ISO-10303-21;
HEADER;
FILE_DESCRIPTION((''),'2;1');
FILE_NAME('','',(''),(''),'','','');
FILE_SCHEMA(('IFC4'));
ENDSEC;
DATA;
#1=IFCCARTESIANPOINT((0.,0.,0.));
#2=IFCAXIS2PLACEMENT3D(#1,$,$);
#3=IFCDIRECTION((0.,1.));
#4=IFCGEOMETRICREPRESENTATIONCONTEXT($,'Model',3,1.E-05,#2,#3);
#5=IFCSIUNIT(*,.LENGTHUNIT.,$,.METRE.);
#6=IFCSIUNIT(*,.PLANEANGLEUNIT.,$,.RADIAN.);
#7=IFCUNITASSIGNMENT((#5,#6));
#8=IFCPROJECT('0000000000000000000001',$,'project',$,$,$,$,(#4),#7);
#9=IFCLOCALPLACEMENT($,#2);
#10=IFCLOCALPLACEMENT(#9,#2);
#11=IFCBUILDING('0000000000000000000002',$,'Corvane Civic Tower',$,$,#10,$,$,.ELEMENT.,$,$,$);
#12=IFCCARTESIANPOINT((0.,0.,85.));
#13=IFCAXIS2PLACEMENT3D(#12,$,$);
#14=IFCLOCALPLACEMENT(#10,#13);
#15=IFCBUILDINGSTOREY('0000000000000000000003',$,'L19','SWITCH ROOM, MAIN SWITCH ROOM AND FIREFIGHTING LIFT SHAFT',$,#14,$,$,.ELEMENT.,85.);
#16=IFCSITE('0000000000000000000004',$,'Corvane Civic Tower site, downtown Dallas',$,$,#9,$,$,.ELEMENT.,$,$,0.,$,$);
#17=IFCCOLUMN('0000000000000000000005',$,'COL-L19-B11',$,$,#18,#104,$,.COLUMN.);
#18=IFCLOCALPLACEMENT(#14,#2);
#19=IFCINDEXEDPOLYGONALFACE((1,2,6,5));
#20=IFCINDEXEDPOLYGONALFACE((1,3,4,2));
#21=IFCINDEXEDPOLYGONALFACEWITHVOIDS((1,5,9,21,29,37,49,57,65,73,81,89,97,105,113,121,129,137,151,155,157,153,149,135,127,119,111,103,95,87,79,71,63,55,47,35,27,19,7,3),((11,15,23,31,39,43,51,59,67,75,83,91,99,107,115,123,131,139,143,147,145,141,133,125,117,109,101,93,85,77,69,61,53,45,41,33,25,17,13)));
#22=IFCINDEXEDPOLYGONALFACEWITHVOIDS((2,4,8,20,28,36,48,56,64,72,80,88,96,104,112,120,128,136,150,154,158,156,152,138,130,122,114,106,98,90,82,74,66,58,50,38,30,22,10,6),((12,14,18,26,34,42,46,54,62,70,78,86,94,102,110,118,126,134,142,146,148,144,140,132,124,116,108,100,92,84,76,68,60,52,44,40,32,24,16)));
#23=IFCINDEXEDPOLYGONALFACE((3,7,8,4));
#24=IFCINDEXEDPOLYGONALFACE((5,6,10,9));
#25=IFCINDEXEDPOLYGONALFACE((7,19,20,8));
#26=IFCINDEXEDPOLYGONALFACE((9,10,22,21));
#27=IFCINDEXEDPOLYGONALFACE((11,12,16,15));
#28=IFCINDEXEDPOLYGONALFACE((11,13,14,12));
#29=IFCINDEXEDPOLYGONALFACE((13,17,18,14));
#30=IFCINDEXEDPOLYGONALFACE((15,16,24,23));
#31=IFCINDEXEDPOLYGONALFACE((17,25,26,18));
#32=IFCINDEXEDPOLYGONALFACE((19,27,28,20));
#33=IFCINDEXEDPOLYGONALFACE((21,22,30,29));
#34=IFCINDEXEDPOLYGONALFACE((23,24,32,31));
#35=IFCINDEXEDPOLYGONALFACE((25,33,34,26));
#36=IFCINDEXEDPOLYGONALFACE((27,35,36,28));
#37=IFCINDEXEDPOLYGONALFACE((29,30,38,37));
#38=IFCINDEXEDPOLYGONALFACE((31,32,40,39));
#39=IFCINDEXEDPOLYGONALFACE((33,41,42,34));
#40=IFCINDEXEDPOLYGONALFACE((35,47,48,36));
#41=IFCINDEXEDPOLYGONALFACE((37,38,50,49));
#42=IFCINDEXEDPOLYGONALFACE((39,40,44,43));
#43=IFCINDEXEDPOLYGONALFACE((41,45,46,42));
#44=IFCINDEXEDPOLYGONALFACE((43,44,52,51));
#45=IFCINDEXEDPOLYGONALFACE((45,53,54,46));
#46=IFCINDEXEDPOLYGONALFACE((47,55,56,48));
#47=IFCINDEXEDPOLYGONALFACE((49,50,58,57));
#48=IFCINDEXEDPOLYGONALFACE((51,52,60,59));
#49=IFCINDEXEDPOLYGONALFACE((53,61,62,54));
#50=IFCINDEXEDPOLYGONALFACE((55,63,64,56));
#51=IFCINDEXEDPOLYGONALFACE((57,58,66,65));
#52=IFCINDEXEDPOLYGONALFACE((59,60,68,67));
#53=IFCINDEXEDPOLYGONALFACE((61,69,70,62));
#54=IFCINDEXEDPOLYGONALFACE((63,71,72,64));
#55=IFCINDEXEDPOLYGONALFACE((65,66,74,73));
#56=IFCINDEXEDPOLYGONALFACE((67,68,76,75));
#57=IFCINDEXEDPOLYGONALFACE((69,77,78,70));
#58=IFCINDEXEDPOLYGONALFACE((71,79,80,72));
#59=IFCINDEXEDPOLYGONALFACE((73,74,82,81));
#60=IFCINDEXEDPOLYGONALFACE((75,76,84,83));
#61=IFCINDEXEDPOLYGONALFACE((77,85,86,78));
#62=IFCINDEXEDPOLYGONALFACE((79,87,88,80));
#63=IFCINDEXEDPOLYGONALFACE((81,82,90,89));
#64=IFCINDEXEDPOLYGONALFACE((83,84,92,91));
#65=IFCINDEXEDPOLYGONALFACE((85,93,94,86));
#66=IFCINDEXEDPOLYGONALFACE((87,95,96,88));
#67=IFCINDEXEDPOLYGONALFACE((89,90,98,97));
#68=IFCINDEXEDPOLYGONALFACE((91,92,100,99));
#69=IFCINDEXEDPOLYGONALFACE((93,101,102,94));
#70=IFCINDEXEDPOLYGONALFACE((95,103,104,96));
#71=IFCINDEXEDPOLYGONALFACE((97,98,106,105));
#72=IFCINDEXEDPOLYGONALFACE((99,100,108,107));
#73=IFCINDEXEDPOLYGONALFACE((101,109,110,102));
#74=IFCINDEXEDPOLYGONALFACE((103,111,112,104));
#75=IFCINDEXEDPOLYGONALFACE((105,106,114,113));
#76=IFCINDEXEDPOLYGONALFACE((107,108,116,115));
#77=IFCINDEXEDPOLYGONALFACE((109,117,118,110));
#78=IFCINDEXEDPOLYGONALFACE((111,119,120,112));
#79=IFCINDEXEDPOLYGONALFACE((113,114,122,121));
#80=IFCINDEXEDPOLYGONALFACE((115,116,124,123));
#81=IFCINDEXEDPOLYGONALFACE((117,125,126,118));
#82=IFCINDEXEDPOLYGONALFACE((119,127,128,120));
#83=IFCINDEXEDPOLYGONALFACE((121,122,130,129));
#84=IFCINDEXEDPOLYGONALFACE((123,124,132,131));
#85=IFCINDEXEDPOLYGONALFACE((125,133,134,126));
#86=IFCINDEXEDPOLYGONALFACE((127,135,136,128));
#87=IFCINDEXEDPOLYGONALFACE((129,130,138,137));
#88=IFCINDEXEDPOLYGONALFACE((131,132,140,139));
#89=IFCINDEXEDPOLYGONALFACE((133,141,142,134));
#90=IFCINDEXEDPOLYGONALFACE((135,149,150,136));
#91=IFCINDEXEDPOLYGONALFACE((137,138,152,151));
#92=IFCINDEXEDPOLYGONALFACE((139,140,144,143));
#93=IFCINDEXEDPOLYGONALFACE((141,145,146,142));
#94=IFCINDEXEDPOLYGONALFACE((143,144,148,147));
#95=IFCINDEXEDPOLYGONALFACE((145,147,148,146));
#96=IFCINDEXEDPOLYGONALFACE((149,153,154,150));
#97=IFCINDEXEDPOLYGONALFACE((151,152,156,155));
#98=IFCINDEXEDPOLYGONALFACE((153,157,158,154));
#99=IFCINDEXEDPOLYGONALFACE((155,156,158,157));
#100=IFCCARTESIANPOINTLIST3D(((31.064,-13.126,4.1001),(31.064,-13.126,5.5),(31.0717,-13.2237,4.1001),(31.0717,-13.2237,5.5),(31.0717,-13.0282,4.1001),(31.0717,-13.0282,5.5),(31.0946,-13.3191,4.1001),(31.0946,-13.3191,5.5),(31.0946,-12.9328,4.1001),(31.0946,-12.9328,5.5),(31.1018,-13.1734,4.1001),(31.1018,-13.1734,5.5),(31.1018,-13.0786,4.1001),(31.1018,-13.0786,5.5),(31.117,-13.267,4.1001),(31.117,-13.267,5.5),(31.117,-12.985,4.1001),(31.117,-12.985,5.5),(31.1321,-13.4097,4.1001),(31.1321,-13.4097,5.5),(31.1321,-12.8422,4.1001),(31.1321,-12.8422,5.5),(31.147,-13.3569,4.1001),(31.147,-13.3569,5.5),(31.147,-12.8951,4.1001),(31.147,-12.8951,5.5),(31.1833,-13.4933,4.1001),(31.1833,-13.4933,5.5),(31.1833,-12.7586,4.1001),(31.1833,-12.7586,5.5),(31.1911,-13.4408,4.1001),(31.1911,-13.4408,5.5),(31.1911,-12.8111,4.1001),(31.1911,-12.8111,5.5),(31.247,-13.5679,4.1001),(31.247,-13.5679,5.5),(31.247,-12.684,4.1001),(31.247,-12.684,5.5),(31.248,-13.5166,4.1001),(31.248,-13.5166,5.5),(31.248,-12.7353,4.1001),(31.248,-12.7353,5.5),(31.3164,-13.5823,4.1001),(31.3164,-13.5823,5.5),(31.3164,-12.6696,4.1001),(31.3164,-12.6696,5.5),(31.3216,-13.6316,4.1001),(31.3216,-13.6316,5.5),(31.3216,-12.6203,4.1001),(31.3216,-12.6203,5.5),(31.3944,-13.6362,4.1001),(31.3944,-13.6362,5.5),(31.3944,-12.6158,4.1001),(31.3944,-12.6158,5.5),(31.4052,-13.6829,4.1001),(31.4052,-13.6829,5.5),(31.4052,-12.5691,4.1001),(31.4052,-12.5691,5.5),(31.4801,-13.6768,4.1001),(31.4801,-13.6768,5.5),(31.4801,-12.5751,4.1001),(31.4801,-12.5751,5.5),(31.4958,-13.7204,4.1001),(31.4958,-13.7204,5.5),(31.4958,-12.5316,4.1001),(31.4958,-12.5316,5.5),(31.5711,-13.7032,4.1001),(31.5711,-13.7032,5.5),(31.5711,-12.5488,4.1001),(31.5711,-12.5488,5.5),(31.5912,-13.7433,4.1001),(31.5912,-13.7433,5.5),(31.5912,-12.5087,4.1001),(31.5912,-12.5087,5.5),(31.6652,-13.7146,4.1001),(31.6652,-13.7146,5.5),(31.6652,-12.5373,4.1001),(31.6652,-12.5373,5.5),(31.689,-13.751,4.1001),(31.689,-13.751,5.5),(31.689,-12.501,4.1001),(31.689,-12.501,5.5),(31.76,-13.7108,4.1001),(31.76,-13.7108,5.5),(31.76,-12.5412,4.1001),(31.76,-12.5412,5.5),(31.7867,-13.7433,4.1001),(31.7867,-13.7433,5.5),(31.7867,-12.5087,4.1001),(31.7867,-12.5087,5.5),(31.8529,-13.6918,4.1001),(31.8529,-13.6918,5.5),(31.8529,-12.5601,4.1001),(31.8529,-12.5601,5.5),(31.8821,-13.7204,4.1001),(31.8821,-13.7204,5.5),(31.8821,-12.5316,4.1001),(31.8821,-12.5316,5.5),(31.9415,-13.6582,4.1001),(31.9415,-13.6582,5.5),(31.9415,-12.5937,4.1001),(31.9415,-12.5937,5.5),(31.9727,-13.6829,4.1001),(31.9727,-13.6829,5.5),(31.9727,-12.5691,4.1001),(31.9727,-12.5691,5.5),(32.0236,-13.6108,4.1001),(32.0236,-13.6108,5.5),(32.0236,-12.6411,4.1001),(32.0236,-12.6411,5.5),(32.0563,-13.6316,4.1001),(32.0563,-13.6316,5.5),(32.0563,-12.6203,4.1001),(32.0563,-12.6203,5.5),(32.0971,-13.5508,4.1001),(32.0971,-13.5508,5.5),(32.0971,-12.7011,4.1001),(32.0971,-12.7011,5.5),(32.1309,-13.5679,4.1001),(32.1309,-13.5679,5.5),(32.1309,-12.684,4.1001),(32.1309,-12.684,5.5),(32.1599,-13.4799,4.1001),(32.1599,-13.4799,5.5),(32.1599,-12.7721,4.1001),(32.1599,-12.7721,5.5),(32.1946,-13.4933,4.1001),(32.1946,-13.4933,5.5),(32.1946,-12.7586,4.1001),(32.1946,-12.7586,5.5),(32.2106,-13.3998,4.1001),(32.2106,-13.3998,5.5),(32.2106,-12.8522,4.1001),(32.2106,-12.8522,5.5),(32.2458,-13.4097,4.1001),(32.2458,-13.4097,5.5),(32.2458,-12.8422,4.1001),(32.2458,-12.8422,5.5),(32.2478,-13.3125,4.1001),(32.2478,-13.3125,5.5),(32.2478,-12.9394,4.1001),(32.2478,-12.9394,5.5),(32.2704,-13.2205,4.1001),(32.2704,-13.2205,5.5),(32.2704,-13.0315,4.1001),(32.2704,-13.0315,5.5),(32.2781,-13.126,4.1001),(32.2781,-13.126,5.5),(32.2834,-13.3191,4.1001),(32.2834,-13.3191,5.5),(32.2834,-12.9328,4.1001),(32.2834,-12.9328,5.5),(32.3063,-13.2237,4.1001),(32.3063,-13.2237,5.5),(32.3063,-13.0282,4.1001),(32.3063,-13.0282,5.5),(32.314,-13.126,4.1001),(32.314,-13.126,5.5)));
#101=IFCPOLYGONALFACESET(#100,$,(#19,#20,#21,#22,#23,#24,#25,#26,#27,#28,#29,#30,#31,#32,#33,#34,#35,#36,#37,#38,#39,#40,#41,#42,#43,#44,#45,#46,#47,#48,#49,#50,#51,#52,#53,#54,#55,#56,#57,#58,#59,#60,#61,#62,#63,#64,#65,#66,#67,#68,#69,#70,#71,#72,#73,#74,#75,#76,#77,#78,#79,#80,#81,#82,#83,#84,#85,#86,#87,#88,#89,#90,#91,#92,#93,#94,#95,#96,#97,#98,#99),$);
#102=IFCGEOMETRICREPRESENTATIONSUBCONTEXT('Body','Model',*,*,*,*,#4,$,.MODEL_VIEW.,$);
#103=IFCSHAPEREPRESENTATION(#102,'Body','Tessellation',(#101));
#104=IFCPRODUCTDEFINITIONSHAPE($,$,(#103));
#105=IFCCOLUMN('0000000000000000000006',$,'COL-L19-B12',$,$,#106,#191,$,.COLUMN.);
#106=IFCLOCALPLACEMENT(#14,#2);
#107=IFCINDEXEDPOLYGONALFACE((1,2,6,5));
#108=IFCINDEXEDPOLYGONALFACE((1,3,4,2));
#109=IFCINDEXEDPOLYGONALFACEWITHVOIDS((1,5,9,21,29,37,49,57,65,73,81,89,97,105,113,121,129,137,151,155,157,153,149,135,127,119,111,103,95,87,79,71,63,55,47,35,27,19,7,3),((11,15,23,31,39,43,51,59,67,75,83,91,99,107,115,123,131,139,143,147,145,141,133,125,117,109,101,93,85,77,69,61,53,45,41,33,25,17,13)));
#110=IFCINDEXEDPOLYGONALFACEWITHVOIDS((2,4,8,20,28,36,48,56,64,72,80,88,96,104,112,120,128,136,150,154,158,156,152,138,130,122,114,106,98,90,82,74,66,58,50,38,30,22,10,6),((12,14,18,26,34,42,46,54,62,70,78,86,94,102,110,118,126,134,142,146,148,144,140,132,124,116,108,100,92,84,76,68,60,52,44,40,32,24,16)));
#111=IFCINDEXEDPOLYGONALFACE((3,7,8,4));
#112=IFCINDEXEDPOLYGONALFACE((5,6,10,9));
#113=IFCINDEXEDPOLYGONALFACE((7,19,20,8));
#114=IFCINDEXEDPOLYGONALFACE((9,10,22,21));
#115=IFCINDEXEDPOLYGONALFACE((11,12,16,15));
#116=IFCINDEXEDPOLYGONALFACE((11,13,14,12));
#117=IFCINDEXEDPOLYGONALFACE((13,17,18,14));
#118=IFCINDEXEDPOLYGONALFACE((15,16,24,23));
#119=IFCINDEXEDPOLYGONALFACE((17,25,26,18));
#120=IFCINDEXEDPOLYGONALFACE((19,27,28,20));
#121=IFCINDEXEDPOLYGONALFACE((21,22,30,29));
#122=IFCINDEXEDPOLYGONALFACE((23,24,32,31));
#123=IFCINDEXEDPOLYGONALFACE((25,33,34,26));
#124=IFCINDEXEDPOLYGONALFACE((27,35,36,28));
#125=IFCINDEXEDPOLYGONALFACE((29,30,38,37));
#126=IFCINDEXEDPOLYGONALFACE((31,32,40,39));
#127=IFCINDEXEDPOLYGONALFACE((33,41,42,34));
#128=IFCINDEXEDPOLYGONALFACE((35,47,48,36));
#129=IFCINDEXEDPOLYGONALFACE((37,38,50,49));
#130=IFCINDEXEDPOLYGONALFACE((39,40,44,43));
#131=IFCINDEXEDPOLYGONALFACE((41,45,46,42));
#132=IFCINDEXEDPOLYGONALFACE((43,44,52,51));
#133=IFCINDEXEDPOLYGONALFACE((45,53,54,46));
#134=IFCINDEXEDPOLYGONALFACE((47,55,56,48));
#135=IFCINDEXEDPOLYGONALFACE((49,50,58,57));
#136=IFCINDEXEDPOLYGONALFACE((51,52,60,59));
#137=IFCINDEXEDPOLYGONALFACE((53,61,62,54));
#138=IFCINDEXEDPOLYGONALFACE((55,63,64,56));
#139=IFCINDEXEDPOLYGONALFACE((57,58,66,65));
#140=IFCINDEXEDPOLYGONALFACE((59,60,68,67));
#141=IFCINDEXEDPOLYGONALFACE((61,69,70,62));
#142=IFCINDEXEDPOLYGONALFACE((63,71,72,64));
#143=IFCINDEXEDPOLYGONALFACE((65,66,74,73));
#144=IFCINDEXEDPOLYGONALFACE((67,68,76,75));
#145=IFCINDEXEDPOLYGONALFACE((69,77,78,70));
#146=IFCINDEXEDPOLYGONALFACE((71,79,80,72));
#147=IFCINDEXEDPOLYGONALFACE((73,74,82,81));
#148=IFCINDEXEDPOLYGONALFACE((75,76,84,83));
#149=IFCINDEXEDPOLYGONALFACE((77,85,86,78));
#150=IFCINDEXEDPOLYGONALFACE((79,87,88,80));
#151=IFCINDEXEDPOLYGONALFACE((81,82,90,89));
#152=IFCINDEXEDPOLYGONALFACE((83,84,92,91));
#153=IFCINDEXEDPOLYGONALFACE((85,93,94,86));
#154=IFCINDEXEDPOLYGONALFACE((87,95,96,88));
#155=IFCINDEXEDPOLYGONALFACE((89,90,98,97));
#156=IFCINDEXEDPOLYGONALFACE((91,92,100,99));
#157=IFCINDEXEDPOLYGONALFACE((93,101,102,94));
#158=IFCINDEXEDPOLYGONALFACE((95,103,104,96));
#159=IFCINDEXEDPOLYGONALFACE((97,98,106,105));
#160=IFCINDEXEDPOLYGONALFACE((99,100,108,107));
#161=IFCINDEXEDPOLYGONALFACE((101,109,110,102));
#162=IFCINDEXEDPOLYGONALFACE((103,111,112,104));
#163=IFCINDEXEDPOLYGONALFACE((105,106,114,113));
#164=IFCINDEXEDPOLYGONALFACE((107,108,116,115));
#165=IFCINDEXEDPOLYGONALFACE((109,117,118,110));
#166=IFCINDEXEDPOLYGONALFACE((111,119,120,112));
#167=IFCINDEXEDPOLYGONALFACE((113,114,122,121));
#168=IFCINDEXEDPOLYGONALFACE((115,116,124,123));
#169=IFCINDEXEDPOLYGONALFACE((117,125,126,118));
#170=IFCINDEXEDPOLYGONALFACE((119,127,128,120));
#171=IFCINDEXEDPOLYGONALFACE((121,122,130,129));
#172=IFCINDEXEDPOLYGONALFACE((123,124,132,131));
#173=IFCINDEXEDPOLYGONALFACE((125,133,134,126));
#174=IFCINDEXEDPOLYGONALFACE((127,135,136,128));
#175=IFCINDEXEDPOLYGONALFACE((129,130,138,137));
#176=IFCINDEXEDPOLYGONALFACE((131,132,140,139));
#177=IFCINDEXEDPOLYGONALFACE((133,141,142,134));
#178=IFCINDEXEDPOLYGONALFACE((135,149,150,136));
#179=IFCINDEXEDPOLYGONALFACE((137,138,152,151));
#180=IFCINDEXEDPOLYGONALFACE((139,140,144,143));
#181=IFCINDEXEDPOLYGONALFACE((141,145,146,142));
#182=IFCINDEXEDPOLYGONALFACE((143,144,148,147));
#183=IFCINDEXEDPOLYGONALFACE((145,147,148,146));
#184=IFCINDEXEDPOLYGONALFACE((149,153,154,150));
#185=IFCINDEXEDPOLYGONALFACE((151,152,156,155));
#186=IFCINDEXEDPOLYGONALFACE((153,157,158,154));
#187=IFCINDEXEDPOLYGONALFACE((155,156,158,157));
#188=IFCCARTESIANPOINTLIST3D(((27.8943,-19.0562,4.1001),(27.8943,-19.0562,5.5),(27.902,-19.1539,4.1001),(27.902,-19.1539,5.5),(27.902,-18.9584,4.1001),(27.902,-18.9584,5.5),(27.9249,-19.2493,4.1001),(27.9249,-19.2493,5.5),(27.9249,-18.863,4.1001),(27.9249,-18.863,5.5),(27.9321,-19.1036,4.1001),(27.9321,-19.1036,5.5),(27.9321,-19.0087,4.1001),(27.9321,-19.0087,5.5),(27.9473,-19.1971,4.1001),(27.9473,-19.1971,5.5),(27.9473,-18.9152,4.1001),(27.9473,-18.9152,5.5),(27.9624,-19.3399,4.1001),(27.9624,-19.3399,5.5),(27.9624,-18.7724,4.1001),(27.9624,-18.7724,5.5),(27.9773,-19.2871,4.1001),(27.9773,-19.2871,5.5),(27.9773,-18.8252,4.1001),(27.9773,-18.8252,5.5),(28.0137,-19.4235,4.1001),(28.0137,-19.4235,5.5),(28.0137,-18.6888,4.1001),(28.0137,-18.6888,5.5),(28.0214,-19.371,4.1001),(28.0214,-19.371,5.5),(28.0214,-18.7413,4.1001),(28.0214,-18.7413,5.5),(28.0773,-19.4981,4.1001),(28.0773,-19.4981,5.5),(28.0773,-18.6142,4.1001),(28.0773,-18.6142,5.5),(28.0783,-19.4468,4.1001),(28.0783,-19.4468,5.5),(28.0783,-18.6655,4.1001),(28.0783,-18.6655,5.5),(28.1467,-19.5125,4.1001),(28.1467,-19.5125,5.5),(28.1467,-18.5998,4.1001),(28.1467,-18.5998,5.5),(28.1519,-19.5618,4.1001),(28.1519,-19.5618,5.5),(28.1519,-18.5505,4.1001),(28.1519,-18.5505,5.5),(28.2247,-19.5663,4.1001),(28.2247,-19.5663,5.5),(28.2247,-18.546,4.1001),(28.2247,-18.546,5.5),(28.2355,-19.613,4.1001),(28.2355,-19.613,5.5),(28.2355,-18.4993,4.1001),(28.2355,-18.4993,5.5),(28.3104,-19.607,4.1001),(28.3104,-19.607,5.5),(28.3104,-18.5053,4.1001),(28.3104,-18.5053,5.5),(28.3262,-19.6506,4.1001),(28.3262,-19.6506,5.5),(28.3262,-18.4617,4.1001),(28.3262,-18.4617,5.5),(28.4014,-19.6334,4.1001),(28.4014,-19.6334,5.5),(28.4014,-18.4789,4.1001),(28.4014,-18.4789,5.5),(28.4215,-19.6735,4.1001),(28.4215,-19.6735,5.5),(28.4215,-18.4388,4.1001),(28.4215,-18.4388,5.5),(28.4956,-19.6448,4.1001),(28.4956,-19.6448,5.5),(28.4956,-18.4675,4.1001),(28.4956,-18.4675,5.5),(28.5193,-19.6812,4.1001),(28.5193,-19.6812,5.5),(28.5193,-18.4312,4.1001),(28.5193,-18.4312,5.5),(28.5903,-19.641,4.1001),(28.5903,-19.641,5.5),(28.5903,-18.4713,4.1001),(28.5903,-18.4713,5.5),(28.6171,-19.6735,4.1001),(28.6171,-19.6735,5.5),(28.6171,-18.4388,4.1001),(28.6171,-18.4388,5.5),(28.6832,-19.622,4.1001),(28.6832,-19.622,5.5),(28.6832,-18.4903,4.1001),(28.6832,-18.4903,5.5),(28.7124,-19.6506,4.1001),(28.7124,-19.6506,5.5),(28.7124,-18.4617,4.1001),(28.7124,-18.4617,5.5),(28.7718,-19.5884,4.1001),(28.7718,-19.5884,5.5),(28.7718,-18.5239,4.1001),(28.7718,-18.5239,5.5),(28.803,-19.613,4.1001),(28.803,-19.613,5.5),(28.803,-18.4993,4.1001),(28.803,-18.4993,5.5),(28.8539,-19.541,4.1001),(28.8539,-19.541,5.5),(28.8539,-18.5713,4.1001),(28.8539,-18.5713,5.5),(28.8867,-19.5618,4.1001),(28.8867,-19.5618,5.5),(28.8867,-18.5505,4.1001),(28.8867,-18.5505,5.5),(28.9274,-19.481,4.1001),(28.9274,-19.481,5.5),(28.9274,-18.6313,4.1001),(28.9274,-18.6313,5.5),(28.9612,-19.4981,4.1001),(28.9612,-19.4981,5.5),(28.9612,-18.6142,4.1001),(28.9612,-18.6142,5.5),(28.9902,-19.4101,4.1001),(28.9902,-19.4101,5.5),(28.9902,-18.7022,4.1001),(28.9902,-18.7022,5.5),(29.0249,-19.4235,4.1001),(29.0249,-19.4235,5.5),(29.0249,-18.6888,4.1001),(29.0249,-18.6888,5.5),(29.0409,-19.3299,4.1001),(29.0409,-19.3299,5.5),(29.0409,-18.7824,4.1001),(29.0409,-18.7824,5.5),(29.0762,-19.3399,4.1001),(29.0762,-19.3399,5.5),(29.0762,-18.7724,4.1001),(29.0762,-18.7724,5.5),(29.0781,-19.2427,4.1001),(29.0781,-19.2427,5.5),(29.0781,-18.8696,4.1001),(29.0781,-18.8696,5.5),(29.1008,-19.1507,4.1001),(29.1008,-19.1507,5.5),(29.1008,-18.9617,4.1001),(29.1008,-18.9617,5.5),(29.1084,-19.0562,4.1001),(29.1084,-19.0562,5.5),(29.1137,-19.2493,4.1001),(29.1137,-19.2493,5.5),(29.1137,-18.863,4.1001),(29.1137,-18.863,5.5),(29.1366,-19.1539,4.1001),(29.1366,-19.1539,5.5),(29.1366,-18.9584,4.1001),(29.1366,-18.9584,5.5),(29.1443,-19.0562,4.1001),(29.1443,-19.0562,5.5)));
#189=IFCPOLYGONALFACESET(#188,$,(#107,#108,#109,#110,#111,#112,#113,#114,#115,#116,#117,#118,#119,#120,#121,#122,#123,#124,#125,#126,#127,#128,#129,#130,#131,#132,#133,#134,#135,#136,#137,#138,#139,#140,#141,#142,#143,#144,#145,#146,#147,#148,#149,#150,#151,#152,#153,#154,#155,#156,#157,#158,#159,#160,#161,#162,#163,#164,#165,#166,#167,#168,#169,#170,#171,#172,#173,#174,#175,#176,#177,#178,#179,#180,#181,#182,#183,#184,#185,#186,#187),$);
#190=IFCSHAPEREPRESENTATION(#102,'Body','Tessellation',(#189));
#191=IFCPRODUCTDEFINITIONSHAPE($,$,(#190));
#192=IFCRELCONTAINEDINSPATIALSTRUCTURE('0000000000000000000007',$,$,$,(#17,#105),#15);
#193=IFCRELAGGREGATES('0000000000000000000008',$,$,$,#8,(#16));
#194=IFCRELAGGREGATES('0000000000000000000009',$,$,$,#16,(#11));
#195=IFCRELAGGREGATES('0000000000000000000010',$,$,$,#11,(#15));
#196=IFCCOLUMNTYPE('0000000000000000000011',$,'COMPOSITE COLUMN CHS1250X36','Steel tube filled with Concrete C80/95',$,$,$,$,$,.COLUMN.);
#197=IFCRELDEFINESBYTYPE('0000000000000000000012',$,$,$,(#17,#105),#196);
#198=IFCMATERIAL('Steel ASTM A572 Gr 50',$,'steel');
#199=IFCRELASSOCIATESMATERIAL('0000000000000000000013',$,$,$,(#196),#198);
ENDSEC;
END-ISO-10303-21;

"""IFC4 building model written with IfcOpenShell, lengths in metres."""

from ifc_helpers import new_model, si_unit, direction, frame, origin, origin_2d, place, context, subcontext, project, spatial, hollow_circle, extrude, material, material_profile, profile_set, type_object, element, save


model = new_model("IFC4")

# Units and contexts
model_context = context("Model", 3, precision=1e-05, world=origin(), true_north=direction((0.0, 1.0)))
body_context = subcontext(model_context, "Body", "Model", "MODEL_VIEW")
ifc_project = project(units=[si_unit("LENGTHUNIT", "METRE"), si_unit("PLANEANGLEUNIT", "RADIAN")], contexts=[model_context])

# Site, building, storey
site_placement = place(None, origin())
site = spatial("IfcSite", under=ifc_project, at=site_placement, Name="Corvane Civic Tower site, downtown Dallas", CompositionType="ELEMENT", RefElevation=0.0)
building_placement = place(site_placement, origin())
building = spatial("IfcBuilding", under=site, at=building_placement, Name="Corvane Civic Tower", CompositionType="ELEMENT")
storey_placement = place(building_placement, frame((0.0, 0.0, 85.0)))
storey = spatial("IfcBuildingStorey", under=building, at=storey_placement, Name="L19", Description="SWITCH ROOM, MAIN SWITCH ROOM AND FIREFIGHTING LIFT SHAFT", CompositionType="ELEMENT", Elevation=85.0)

# Columns
ifc_material_1 = material(Name="Steel ASTM A572 Gr 50", Category="steel")
ifc_material_profile_1 = material_profile(ifc_material_1, hollow_circle(Radius=0.625, WallThickness=0.0359, at=origin_2d()), Name="CHS1250X36")
ifc_profile_set_1 = profile_set([ifc_material_profile_1], Name="Steel ASTM A572 Gr 50")
column_type_1 = type_object("IfcColumnType", Name="COMPOSITE COLUMN CHS1250X36", Description="Steel tube filled with Concrete C80/95", PredefinedType="COLUMN", material=ifc_profile_set_1)
for number, where, z_axis, x_axis, name in (
    (1, (31.689, -13.126, 4.1001), (0.0, 0.0, 1.0), (1.0, 0.0, 0.0), "COL-L19-B11"),
    (2, (28.5193, -19.0562, 4.1001), (0.0, 0.0, 1.0), (1.0, 0.0, 0.0), "COL-L19-B12"),
):
    element("IfcColumn", number, at=place(storey_placement, frame(where, z_axis=z_axis, x_axis=x_axis)), inside=storey, type_object=column_type_1, Name=name, PredefinedType="COLUMN", context=body_context, shape_type="SweptSolid", body=[
        extrude(hollow_circle(Radius=0.625, WallThickness=0.0359, at=origin_2d()), origin(), (0.0, 0.0, 1.0), 1.3999),
    ])

save(model, "model.ifc")
